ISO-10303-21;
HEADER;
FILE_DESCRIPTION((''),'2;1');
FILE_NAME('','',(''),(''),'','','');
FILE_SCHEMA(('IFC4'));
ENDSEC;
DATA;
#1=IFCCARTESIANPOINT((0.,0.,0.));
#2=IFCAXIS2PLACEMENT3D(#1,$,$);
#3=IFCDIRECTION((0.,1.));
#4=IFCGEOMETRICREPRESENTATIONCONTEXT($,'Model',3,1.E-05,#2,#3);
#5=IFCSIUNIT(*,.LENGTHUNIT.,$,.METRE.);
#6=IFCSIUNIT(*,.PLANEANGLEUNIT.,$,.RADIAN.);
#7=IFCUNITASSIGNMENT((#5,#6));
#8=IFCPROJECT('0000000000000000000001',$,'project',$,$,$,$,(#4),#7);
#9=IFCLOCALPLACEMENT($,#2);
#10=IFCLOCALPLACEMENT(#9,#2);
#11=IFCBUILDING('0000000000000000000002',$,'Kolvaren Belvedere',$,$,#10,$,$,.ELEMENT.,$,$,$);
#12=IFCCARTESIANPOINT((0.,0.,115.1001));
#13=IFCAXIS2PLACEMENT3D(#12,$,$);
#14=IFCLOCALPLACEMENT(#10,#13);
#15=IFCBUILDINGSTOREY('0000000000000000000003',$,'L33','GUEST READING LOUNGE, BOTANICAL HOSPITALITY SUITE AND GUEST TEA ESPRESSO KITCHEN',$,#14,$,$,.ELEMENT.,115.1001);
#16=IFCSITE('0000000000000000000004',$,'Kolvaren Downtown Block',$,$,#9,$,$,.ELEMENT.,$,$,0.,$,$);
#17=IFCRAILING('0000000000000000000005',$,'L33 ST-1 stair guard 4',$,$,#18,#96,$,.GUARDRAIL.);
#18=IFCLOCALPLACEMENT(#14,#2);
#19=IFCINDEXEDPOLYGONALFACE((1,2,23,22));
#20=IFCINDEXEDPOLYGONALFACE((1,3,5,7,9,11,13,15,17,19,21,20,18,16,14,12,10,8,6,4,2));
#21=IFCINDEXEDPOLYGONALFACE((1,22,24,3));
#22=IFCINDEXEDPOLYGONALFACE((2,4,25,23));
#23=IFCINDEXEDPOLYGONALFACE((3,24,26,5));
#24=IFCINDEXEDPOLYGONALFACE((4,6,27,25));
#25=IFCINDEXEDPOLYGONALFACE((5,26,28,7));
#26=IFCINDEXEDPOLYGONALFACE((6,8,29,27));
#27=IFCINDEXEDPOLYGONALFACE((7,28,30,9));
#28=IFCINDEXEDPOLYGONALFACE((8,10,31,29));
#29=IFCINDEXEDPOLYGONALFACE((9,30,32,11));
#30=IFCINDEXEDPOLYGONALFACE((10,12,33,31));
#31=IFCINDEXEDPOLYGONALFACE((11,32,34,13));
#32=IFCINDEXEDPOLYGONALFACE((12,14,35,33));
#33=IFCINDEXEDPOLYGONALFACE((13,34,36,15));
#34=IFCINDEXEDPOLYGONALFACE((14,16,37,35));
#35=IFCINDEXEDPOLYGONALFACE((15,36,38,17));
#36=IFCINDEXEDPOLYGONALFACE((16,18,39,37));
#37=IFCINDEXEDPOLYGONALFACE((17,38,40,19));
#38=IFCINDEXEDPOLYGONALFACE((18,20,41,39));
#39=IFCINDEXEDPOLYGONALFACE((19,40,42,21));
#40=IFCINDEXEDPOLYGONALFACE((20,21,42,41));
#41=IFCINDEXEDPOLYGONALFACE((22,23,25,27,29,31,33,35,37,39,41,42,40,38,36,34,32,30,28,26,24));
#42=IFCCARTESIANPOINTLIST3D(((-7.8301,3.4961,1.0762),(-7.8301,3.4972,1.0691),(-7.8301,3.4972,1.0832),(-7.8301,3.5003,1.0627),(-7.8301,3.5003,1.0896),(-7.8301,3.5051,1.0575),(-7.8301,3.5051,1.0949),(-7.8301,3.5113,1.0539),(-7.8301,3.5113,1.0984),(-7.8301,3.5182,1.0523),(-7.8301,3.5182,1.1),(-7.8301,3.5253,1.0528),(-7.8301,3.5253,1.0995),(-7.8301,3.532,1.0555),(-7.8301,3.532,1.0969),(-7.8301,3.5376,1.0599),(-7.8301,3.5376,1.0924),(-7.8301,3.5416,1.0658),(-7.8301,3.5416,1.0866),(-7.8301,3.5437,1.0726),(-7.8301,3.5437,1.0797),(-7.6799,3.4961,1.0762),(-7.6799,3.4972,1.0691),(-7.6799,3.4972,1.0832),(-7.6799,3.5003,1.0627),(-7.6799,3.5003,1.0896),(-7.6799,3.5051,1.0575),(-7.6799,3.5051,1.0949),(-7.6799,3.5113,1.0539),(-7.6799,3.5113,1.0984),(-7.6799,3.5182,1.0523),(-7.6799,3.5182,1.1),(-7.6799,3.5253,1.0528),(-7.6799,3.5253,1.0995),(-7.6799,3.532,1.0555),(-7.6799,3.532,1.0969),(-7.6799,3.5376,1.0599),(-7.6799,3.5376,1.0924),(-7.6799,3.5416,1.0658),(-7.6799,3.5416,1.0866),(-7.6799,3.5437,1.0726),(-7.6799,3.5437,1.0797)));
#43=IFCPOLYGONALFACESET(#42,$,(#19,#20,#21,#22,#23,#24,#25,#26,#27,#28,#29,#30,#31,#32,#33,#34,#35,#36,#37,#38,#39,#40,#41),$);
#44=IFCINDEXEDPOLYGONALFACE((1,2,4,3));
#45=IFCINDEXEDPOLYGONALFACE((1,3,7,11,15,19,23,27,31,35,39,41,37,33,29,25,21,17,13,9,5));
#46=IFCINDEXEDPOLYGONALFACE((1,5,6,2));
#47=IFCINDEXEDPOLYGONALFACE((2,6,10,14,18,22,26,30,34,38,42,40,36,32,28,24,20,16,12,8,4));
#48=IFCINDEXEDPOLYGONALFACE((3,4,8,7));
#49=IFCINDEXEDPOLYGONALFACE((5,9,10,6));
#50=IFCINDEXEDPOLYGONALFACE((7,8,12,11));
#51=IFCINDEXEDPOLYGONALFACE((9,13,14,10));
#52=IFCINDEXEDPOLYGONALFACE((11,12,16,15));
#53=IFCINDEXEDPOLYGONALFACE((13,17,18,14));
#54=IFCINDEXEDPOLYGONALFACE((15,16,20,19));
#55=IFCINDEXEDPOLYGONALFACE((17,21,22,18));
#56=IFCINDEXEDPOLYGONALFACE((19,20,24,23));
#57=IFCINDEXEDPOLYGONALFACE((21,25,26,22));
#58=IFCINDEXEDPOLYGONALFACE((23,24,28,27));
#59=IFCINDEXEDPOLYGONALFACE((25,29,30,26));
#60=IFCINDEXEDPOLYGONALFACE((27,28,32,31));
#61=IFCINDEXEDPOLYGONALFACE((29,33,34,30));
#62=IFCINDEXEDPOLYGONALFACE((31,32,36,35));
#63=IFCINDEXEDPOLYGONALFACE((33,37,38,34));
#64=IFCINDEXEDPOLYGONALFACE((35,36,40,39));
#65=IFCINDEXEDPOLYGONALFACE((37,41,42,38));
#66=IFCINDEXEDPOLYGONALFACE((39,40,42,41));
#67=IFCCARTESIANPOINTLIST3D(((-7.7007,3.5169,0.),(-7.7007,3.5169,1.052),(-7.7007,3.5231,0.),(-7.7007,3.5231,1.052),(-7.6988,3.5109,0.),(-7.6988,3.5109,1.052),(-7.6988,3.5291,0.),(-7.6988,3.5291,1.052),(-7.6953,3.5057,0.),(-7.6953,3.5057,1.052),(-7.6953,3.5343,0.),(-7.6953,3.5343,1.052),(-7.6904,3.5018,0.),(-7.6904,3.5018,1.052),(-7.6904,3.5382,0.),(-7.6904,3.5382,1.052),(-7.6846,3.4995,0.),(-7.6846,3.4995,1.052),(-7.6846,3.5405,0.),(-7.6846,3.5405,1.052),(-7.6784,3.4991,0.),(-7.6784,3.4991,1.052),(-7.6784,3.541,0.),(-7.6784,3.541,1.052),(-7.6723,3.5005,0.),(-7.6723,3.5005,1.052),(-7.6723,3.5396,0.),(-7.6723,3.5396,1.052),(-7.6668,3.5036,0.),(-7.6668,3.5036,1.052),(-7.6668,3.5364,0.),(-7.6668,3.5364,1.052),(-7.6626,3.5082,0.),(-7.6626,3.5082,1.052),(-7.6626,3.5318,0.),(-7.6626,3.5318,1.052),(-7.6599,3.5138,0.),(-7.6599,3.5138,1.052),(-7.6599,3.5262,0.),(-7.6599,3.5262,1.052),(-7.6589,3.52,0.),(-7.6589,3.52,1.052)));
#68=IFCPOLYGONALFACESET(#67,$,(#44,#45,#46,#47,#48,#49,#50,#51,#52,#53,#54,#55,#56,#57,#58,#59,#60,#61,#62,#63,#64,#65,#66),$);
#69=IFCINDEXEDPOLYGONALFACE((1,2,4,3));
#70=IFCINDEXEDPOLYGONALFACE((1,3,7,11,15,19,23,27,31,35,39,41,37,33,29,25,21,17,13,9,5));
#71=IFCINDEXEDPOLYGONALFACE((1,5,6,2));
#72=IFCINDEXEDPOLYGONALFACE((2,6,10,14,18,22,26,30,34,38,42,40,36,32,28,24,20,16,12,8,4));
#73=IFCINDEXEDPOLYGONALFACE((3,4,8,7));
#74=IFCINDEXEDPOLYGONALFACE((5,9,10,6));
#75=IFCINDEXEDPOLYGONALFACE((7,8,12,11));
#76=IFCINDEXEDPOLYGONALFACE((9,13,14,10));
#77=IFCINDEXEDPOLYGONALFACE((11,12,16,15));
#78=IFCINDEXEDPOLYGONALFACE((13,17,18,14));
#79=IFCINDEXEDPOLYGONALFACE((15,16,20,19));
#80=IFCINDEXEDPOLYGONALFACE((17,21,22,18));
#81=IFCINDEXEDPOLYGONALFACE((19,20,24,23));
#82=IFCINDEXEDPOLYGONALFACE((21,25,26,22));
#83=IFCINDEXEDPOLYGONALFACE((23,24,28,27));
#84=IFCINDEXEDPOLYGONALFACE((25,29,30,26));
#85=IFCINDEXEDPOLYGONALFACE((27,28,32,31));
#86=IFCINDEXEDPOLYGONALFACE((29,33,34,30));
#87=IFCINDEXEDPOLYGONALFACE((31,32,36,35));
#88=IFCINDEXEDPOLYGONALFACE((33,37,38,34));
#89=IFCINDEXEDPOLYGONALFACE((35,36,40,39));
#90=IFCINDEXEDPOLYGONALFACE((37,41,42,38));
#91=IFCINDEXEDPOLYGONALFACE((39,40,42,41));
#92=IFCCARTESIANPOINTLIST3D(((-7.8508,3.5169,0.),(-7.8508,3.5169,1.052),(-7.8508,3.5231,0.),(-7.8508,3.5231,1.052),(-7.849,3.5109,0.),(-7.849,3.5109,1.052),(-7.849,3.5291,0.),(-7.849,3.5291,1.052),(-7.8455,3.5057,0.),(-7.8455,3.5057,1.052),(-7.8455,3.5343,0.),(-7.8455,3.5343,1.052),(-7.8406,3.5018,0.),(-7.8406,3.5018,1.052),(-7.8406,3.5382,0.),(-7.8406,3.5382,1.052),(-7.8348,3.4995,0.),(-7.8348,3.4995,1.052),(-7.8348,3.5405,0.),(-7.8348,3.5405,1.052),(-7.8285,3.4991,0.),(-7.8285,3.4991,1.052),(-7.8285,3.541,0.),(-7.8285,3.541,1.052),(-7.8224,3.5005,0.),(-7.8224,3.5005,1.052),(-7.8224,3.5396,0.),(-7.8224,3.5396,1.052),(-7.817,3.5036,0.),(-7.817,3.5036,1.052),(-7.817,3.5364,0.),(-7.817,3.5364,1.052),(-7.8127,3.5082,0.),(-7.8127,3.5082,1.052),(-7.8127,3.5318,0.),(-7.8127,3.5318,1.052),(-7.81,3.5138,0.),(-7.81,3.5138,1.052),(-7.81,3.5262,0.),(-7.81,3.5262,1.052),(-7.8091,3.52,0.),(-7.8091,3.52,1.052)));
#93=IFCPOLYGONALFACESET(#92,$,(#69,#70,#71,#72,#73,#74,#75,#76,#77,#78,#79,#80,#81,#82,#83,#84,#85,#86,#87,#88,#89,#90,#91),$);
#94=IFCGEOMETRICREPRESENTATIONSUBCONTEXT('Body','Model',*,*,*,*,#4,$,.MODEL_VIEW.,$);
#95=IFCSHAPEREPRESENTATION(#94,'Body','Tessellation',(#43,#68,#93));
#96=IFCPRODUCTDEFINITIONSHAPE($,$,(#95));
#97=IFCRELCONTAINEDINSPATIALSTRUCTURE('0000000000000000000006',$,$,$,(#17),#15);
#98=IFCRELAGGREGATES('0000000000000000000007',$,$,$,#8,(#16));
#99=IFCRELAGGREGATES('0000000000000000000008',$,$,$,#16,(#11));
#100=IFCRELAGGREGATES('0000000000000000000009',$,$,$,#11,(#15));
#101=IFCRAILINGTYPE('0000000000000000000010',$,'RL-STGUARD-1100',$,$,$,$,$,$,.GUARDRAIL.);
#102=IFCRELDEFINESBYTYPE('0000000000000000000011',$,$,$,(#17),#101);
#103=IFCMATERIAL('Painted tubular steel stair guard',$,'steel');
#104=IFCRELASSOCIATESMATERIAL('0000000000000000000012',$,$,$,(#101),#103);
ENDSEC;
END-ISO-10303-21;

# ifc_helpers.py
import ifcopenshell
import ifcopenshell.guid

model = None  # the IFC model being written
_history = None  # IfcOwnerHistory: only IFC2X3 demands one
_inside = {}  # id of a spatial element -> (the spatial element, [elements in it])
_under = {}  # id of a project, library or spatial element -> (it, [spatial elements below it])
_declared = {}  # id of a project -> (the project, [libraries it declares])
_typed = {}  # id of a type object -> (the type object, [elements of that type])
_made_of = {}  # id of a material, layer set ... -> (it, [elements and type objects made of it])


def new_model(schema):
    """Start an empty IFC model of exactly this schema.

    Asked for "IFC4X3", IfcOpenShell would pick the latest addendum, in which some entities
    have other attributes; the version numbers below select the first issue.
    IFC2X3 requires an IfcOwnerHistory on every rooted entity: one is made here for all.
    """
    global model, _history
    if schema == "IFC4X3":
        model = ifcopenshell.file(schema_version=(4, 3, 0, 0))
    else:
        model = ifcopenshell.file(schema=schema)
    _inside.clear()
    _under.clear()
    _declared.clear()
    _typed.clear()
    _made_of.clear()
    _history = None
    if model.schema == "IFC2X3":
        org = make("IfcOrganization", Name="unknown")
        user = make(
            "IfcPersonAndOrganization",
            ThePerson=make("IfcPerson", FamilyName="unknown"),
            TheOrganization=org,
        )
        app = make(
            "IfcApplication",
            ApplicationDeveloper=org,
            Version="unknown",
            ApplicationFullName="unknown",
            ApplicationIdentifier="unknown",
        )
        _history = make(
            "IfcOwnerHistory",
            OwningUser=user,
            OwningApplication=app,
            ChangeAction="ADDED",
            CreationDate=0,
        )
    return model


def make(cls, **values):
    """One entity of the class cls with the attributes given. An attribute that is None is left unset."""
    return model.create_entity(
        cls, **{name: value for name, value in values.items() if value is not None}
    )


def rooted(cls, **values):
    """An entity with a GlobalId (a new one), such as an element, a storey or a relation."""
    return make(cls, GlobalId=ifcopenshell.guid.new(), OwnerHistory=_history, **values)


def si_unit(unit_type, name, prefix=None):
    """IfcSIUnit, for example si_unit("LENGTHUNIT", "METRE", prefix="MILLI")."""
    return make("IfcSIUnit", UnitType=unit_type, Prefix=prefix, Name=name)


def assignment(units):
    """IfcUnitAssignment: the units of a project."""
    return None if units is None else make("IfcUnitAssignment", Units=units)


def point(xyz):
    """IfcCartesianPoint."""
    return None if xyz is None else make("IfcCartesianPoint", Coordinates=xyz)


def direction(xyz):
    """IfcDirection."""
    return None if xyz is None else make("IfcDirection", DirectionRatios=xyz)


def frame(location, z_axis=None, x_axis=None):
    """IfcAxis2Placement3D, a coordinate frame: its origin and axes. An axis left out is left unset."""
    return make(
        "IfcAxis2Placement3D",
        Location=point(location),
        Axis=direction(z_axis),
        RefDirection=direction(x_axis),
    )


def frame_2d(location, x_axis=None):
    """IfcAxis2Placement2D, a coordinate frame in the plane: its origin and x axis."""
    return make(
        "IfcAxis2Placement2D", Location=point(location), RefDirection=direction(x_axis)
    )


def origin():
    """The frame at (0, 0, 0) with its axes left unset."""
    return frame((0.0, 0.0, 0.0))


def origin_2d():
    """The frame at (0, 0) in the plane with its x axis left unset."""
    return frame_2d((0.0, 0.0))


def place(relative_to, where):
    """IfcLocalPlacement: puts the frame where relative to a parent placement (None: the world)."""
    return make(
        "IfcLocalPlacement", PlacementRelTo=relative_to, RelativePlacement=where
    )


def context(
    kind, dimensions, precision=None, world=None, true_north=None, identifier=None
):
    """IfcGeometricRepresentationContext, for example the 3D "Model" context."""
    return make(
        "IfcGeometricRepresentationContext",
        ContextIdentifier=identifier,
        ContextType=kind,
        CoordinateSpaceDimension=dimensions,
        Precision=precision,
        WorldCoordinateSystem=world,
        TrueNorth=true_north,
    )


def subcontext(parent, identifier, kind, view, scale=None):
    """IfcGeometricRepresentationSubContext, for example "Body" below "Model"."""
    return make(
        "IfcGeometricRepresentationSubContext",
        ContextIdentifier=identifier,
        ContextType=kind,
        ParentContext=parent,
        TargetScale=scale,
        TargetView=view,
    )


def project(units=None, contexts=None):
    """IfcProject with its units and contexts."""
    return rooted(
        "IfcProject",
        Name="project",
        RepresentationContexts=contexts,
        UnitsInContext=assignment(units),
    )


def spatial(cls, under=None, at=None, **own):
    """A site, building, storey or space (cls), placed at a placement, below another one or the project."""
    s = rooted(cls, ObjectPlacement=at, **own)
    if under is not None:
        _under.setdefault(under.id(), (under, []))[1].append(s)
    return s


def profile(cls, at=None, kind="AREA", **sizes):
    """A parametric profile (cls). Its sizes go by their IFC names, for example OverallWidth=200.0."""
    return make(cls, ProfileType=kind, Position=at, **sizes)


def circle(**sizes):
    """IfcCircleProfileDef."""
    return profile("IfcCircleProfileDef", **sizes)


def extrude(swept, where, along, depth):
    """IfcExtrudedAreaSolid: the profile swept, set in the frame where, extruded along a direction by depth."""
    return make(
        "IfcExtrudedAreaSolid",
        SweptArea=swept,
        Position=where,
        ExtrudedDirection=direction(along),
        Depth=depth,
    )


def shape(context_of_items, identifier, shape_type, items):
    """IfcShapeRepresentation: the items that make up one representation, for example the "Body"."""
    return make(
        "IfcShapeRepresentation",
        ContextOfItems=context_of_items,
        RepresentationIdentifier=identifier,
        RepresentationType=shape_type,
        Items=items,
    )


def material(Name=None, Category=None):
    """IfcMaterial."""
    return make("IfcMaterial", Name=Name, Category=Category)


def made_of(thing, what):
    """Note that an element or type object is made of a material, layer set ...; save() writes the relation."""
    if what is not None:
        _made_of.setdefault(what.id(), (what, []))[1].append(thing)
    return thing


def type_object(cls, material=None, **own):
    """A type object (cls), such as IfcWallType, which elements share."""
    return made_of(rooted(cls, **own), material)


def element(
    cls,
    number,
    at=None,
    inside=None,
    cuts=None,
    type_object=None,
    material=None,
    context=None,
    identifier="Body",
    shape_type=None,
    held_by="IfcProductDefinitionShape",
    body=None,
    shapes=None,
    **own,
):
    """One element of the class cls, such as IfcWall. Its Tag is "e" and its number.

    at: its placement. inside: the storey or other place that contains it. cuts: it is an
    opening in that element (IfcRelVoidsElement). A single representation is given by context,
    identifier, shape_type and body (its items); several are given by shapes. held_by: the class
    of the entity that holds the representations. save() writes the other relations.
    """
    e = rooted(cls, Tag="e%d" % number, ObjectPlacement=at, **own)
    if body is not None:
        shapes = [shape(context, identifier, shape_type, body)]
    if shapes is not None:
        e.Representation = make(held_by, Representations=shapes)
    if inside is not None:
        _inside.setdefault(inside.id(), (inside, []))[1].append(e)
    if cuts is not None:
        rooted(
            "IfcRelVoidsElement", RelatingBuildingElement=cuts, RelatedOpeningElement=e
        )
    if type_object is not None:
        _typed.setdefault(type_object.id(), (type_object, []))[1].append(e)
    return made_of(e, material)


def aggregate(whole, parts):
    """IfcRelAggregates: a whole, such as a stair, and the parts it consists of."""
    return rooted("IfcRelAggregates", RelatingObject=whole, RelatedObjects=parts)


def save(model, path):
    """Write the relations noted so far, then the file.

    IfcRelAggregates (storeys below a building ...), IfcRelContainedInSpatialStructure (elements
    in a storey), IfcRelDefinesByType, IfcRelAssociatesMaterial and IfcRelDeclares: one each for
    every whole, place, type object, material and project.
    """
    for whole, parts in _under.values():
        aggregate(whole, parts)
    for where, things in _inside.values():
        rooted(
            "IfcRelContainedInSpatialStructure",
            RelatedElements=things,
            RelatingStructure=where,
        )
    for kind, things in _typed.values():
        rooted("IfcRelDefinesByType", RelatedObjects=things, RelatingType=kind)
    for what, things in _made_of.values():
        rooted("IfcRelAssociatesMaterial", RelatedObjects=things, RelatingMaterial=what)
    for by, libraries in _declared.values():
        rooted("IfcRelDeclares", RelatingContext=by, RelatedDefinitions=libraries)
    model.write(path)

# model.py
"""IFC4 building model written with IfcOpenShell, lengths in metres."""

from ifc_helpers import new_model, si_unit, direction, frame, origin, origin_2d, place, context, subcontext, project, spatial, circle, extrude, material, type_object, element, save


model = new_model("IFC4")

# Units and contexts
model_context = context("Model", 3, precision=1e-05, world=origin(), true_north=direction((0.0, 1.0)))
body_context = subcontext(model_context, "Body", "Model", "MODEL_VIEW")
ifc_project = project(units=[si_unit("LENGTHUNIT", "METRE"), si_unit("PLANEANGLEUNIT", "RADIAN")], contexts=[model_context])

# Site, building, storey
site_placement = place(None, origin())
site = spatial("IfcSite", under=ifc_project, at=site_placement, Name="Kolvaren Downtown Block", CompositionType="ELEMENT", RefElevation=0.0)
building_placement = place(site_placement, origin())
building = spatial("IfcBuilding", under=site, at=building_placement, Name="Kolvaren Belvedere", CompositionType="ELEMENT")
storey_placement = place(building_placement, frame((0.0, 0.0, 115.1001)))
storey = spatial("IfcBuildingStorey", under=building, at=storey_placement, Name="L33", Description="GUEST READING LOUNGE, BOTANICAL HOSPITALITY SUITE AND GUEST TEA ESPRESSO KITCHEN", CompositionType="ELEMENT", Elevation=115.1001)

# Railing
ifc_material_1 = material(Name="Painted tubular steel stair guard", Category="steel")
railing_type_1 = type_object("IfcRailingType", Name="RL-STGUARD-1100", PredefinedType="GUARDRAIL", material=ifc_material_1)
railing_1_placement = place(storey_placement, frame((-7.6799, 3.52, 0.0)))
element("IfcRailing", 1, at=railing_1_placement, inside=storey, type_object=railing_type_1, Name="L33 ST-1 stair guard 4", PredefinedType="GUARDRAIL", context=body_context, shape_type="SweptSolid", body=[
    extrude(circle(Radius=0.0239, at=origin_2d()), frame((0.0, 0.0, 1.0762), z_axis=(-1.0, 0.0, 0.0), x_axis=(0.0, -1.0, 0.0)), (0.0, 0.0, 1.0), 0.1501),
    extrude(circle(Radius=0.021, at=origin_2d()), origin(), (0.0, 0.0, 1.0), 1.052),
    extrude(circle(Radius=0.021, at=origin_2d()), frame((-0.1501, 0.0, 0.0)), (0.0, 0.0, 1.0), 1.052),
])

save(model, "model.ifc")
